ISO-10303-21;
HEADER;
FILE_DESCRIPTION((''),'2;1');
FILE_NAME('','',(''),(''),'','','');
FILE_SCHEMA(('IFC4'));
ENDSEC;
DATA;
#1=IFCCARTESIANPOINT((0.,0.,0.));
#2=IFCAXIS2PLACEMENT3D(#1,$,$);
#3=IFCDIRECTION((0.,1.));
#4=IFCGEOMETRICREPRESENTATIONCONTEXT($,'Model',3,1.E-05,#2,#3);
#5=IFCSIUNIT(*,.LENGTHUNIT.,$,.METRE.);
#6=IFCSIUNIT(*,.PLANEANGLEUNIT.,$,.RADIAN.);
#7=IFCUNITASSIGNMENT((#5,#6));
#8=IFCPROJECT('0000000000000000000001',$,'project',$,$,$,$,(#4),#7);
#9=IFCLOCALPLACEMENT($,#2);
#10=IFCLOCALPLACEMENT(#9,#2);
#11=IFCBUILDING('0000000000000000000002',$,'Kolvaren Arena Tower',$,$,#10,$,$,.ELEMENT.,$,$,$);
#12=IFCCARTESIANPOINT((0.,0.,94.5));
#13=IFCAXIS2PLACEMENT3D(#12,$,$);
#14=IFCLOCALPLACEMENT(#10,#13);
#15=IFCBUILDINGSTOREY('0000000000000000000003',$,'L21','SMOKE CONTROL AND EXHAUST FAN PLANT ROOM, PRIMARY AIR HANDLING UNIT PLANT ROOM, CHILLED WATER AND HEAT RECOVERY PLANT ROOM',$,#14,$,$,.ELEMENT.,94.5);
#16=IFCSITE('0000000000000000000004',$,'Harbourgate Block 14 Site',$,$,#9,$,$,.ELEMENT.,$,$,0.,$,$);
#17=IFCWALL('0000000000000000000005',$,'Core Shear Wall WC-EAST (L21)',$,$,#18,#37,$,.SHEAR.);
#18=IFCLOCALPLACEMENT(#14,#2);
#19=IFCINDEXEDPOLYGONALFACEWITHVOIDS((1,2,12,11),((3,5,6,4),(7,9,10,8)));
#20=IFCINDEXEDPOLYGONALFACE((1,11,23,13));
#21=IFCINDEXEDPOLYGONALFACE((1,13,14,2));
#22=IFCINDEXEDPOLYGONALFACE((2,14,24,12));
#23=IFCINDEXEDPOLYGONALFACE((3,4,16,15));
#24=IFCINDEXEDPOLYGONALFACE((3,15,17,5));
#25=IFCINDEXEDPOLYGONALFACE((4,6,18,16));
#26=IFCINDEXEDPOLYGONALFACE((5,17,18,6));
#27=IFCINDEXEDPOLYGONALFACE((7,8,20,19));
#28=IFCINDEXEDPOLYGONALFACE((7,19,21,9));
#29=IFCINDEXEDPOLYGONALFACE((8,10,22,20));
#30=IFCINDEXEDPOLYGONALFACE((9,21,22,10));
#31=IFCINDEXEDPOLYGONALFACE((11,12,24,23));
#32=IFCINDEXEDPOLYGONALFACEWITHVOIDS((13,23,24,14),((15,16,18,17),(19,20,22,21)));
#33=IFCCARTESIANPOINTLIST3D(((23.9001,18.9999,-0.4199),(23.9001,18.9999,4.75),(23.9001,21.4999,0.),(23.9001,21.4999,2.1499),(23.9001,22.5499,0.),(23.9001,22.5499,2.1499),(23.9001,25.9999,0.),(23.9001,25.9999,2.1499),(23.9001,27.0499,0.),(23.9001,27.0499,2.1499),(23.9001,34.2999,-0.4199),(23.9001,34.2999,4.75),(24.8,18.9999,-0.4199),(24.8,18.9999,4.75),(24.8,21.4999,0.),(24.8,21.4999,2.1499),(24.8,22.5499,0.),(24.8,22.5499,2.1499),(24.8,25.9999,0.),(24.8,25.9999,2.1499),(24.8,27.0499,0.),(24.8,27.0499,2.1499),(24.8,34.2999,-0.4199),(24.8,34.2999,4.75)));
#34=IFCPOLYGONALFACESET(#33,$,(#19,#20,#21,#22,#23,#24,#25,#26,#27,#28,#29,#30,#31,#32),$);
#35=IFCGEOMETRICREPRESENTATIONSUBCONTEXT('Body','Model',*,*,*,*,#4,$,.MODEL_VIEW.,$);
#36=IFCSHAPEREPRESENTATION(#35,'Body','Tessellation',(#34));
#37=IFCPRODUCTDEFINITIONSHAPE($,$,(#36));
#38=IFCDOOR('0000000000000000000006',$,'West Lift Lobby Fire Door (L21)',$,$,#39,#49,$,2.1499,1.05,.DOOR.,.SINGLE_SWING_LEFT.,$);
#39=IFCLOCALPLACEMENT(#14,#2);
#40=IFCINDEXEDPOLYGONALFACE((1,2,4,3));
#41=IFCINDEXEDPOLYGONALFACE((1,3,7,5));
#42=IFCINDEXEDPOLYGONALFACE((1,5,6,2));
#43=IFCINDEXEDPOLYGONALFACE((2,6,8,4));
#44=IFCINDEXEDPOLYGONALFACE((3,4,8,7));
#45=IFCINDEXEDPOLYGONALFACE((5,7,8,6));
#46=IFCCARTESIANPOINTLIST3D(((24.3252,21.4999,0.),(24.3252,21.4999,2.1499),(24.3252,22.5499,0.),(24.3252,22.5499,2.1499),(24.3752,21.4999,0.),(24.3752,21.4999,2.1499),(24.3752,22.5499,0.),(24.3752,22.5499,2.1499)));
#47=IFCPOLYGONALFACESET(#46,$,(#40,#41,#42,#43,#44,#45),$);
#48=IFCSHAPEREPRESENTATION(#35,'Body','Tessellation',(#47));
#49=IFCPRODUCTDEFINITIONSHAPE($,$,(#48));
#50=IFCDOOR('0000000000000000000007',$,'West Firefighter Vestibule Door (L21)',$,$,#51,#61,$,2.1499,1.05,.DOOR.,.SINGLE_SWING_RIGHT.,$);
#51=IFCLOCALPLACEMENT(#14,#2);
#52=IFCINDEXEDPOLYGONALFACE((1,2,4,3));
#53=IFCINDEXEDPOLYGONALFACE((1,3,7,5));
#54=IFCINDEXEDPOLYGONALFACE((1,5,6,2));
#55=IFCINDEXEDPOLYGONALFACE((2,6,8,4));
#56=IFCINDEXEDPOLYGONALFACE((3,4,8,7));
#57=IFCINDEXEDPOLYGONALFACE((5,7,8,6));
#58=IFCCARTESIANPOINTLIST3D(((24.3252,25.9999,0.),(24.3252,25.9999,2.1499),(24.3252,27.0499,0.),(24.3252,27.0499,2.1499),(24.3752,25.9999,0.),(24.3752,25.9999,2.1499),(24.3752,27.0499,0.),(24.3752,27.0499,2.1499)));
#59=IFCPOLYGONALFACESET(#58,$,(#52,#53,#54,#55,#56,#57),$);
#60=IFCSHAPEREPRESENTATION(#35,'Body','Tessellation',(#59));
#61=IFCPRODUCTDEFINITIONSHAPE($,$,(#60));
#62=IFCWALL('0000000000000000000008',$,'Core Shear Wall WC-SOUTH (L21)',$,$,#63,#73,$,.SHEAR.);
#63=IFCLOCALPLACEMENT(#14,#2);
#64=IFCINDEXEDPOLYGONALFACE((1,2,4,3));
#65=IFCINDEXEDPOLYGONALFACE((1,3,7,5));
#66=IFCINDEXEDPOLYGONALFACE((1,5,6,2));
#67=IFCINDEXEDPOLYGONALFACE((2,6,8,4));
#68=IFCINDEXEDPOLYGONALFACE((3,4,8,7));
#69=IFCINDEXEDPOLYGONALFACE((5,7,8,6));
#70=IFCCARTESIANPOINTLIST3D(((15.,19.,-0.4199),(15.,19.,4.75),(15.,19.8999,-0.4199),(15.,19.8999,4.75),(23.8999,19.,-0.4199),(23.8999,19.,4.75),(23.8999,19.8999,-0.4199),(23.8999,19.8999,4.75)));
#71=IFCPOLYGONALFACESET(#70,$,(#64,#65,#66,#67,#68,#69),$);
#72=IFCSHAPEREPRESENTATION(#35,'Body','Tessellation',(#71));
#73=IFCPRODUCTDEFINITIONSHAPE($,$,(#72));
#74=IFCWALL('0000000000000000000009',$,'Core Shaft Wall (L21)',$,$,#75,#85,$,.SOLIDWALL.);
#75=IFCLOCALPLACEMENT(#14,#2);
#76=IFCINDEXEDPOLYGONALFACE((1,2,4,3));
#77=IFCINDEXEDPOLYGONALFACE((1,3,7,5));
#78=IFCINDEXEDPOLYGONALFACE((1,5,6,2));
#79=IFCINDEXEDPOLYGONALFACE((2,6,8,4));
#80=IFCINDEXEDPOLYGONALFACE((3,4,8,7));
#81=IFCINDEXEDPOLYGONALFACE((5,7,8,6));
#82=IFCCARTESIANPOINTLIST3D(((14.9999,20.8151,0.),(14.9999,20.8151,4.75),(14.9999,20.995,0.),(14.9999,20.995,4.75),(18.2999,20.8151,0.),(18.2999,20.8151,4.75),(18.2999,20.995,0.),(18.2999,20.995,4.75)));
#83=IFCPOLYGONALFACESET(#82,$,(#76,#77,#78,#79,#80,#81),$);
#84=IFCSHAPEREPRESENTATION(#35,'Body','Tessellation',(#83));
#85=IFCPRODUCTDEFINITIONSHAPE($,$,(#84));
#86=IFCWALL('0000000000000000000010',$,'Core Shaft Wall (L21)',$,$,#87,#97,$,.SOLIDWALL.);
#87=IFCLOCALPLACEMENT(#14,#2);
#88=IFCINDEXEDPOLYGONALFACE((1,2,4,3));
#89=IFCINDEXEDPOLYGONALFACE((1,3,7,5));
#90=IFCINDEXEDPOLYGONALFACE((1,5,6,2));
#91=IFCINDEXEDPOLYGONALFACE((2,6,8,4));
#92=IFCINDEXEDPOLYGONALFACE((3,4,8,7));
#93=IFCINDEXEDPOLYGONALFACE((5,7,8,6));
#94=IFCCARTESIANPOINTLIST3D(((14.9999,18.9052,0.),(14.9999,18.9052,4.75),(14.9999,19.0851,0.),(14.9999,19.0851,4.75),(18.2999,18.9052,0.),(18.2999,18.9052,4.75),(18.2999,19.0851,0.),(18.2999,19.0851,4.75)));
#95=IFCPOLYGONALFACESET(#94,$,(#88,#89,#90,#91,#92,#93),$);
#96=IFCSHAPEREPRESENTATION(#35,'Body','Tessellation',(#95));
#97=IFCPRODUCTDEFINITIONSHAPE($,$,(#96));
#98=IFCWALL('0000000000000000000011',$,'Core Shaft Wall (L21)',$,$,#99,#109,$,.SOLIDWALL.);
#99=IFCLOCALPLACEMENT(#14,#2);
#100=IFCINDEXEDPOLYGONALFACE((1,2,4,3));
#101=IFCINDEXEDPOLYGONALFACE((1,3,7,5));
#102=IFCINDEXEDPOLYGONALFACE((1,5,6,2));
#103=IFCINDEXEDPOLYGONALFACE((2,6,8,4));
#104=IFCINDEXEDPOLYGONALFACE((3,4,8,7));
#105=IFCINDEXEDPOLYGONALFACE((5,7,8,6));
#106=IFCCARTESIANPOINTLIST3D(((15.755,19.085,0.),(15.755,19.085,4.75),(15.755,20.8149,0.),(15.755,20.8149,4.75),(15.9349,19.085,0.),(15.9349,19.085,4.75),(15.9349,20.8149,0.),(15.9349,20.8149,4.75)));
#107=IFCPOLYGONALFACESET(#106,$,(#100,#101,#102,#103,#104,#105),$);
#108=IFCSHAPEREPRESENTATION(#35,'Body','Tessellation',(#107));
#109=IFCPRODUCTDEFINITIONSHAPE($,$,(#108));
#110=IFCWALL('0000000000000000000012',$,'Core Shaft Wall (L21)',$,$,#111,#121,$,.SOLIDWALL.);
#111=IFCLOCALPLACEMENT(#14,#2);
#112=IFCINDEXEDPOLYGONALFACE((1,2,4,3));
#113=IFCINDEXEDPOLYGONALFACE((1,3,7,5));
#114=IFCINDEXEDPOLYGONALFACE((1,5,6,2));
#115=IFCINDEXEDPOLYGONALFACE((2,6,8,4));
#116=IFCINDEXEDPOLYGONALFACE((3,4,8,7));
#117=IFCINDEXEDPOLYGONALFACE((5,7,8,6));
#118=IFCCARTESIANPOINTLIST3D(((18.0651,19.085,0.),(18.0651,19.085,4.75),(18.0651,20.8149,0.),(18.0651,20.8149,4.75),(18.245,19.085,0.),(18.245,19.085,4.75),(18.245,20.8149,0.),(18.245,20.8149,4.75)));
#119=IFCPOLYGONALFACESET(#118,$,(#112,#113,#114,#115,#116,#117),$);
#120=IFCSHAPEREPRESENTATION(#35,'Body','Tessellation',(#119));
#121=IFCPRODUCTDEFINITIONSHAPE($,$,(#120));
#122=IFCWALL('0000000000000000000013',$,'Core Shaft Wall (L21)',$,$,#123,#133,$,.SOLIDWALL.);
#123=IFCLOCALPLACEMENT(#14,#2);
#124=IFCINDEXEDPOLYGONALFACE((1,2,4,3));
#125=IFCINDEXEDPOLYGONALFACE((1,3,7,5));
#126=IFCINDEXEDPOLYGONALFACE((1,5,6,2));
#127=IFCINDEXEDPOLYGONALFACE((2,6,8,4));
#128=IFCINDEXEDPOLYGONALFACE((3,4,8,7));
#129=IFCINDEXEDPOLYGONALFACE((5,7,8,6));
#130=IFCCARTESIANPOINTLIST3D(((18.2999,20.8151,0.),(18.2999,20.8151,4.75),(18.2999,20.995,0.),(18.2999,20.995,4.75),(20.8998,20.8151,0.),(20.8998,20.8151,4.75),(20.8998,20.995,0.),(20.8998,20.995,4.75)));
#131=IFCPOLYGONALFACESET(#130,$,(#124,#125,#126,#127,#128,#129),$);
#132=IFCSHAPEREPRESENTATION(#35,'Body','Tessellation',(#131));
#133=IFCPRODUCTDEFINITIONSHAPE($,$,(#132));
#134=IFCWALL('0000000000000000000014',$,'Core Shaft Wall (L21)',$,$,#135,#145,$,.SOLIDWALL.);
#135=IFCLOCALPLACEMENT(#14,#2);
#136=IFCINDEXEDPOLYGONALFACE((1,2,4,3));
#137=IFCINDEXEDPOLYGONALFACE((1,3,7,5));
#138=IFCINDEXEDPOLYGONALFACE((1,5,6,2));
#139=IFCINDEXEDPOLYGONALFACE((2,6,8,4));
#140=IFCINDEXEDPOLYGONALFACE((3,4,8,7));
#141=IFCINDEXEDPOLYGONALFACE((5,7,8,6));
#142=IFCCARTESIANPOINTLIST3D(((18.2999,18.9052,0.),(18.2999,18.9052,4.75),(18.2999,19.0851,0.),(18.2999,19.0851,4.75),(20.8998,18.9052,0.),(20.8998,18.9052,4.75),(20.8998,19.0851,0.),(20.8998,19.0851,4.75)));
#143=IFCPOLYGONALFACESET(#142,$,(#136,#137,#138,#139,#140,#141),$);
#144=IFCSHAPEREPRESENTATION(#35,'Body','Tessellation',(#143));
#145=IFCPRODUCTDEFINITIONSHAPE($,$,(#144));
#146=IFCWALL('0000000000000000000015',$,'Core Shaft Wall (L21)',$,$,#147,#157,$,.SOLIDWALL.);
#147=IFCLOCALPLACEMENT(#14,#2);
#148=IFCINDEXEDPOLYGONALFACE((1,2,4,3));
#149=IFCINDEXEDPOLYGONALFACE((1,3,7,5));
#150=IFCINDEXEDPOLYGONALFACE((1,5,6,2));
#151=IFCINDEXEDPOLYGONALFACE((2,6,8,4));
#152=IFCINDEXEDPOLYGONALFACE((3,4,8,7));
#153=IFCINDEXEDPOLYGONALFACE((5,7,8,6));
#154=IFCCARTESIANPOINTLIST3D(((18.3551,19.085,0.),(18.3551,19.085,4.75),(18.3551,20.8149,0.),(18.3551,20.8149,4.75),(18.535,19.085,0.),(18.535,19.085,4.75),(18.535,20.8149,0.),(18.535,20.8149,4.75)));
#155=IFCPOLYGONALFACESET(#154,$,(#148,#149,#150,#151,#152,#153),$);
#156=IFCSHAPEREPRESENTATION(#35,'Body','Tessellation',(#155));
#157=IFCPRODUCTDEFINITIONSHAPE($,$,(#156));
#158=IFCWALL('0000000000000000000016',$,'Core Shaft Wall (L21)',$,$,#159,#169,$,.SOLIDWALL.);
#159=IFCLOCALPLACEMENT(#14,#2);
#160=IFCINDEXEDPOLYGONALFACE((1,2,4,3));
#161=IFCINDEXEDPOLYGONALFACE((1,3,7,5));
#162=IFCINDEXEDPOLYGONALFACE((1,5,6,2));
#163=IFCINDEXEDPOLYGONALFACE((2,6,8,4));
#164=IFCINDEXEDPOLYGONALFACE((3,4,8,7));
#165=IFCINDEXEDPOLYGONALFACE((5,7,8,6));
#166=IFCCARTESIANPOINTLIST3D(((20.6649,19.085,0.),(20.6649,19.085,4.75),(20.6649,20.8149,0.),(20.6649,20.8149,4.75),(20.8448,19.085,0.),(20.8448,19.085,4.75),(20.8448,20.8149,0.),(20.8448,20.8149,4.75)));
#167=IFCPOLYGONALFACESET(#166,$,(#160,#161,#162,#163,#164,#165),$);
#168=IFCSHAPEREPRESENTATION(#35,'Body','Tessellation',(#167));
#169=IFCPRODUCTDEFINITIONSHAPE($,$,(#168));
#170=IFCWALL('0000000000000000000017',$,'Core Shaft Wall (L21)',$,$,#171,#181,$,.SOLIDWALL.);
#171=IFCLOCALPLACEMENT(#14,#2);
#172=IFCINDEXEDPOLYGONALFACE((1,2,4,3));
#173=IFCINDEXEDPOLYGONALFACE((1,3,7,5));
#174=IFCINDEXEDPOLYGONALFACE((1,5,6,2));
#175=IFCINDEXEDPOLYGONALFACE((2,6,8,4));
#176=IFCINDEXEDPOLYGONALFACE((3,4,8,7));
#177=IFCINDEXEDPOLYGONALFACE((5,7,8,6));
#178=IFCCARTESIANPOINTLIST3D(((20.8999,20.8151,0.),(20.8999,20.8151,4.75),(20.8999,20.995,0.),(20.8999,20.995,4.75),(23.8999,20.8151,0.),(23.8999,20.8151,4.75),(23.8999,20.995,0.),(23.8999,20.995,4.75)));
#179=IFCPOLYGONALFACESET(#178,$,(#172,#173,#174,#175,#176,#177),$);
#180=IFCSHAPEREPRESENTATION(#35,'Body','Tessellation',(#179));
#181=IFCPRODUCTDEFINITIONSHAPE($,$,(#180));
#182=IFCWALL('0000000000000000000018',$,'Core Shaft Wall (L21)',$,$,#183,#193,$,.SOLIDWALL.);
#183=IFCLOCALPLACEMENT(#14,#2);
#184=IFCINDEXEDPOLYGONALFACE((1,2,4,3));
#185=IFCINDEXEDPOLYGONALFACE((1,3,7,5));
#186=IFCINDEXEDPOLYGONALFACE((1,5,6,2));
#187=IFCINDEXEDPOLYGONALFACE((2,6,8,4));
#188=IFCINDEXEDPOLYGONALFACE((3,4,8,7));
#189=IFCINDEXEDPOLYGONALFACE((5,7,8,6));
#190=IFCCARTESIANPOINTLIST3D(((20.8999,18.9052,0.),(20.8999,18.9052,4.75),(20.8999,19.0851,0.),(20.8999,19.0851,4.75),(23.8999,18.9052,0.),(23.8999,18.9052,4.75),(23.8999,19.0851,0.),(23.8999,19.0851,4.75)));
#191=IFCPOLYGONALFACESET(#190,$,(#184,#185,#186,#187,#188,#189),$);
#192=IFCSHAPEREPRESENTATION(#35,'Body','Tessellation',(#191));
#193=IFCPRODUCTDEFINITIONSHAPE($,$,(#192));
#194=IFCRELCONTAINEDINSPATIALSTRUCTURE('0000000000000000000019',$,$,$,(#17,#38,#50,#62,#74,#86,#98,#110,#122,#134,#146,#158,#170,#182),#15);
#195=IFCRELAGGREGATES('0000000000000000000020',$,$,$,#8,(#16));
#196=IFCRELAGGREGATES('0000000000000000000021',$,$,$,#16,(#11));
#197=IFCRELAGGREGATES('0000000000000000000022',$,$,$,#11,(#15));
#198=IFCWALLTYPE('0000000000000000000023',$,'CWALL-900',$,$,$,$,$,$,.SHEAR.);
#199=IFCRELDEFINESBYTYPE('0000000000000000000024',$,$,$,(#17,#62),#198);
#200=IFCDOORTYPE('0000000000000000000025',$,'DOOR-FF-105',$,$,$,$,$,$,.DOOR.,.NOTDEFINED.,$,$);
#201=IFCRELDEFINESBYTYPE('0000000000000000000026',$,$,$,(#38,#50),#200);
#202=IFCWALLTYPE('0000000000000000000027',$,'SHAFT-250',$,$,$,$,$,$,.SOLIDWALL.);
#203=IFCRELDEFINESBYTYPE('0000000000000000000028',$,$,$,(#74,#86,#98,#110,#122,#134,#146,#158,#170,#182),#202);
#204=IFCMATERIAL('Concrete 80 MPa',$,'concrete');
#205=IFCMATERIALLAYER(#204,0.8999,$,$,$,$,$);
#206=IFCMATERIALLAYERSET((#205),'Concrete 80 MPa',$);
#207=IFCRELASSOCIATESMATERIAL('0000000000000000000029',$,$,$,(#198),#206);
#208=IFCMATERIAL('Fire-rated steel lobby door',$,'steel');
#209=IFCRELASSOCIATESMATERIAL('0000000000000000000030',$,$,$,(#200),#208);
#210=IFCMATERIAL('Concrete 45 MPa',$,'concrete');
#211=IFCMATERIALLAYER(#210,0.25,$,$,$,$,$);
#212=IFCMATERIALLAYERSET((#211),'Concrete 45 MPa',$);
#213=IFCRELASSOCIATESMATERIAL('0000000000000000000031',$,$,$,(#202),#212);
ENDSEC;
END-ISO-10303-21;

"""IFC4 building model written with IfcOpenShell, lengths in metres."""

from ifc_helpers import new_model, si_unit, direction, frame, frame_2d, origin, place, context, subcontext, project, spatial, rectangle, extrude, material, layer, layer_set, type_object, element, fill, save


model = new_model("IFC4")

# Units and contexts
model_context = context("Model", 3, precision=1e-05, world=origin(), true_north=direction((0.0, 1.0)))
body_context = subcontext(model_context, "Body", "Model", "MODEL_VIEW")
ifc_project = project(units=[si_unit("LENGTHUNIT", "METRE"), si_unit("PLANEANGLEUNIT", "RADIAN")], contexts=[model_context])

# Site, building, storey
site_placement = place(None, origin())
site = spatial("IfcSite", under=ifc_project, at=site_placement, Name="Harbourgate Block 14 Site", CompositionType="ELEMENT", RefElevation=0.0)
building_placement = place(site_placement, origin())
building = spatial("IfcBuilding", under=site, at=building_placement, Name="Kolvaren Arena Tower", CompositionType="ELEMENT")
storey_placement = place(building_placement, frame((0.0, 0.0, 94.5)))
storey = spatial("IfcBuildingStorey", under=building, at=storey_placement, Name="L21", Description="SMOKE CONTROL AND EXHAUST FAN PLANT ROOM, PRIMARY AIR HANDLING UNIT PLANT ROOM, CHILLED WATER AND HEAT RECOVERY PLANT ROOM", CompositionType="ELEMENT", Elevation=94.5)

# Shared definitions
ifc_material_1 = material(Name="Concrete 80 MPa", Category="concrete")

# Wall, openings, doors
ifc_layer_1 = layer(ifc_material_1, 0.8999)
ifc_layer_set_1 = layer_set([ifc_layer_1], Name="Concrete 80 MPa")
wall_type_1 = type_object("IfcWallType", Name="CWALL-900", PredefinedType="SHEAR", material=ifc_layer_set_1)
wall_1_placement = place(storey_placement, frame((24.3501, 19.0, -0.4199), z_axis=(0.0, 0.0, 1.0), x_axis=(0.0, 1.0, 0.0)))
wall_1 = element("IfcWall", 1, at=wall_1_placement, inside=storey, type_object=wall_type_1, Name="Core Shear Wall WC-EAST (L21)", PredefinedType="SHEAR", context=body_context, shape_type="SweptSolid", body=[
    extrude(rectangle(XDim=15.3, YDim=0.8999, at=frame_2d((7.6499, 0.0))), origin(), (0.0, 0.0, 1.0), 5.1699),
])
opening_1_placement = place(wall_1_placement, frame((2.5, 0.0, 0.4199)))
opening_1 = element("IfcOpeningElement", 2, at=opening_1_placement, cuts=wall_1, PredefinedType="OPENING", context=body_context, shape_type="SweptSolid", body=[
    extrude(rectangle(XDim=1.05, YDim=2.1499, at=frame_2d((0.5249, 1.075))), frame((0.0, 0.46, 0.0), z_axis=(0.0, -1.0, 0.0), x_axis=(1.0, 0.0, 0.0)), (0.0, 0.0, 1.0), 0.9199),
])
opening_2_placement = place(wall_1_placement, frame((7.0, 0.0, 0.4199)))
opening_2 = element("IfcOpeningElement", 3, at=opening_2_placement, cuts=wall_1, PredefinedType="OPENING", context=body_context, shape_type="SweptSolid", body=[
    extrude(rectangle(XDim=1.05, YDim=2.1499, at=frame_2d((0.5249, 1.075))), frame((0.0, 0.46, 0.0), z_axis=(0.0, -1.0, 0.0), x_axis=(1.0, 0.0, 0.0)), (0.0, 0.0, 1.0), 0.9199),
])
ifc_material_2 = material(Name="Fire-rated steel lobby door", Category="steel")
door_type = type_object("IfcDoorType", Name="DOOR-FF-105", OperationType="NOTDEFINED", PredefinedType="DOOR", material=ifc_material_2)
door_1_placement = place(opening_1_placement, origin())
door_1 = element("IfcDoor", 4, at=door_1_placement, inside=storey, type_object=door_type, Name="West Lift Lobby Fire Door (L21)", OperationType="SINGLE_SWING_LEFT", OverallHeight=2.1499, OverallWidth=1.05, PredefinedType="DOOR", context=body_context, shape_type="SweptSolid", body=[
    extrude(rectangle(XDim=1.05, YDim=2.1499, at=frame_2d((0.5249, 1.075))), frame((0.0, 0.0249, 0.0), z_axis=(0.0, -1.0, 0.0), x_axis=(1.0, 0.0, 0.0)), (0.0, 0.0, 1.0), 0.05),
])
fill(opening_1, door_1)
door_2_placement = place(opening_2_placement, origin())
door_2 = element("IfcDoor", 5, at=door_2_placement, inside=storey, type_object=door_type, Name="West Firefighter Vestibule Door (L21)", OperationType="SINGLE_SWING_RIGHT", OverallHeight=2.1499, OverallWidth=1.05, PredefinedType="DOOR", context=body_context, shape_type="SweptSolid", body=[
    extrude(rectangle(XDim=1.05, YDim=2.1499, at=frame_2d((0.5249, 1.075))), frame((0.0, 0.0249, 0.0), z_axis=(0.0, -1.0, 0.0), x_axis=(1.0, 0.0, 0.0)), (0.0, 0.0, 1.0), 0.05),
])
fill(opening_2, door_2)

# Walls
wall_2_placement = place(storey_placement, frame((15.0, 19.45, -0.4199), z_axis=(0.0, 0.0, 1.0), x_axis=(1.0, 0.0, 0.0)))
element("IfcWall", 6, at=wall_2_placement, inside=storey, type_object=wall_type_1, Name="Core Shear Wall WC-SOUTH (L21)", PredefinedType="SHEAR", context=body_context, shape_type="SweptSolid", body=[
    extrude(rectangle(XDim=8.8999, YDim=0.8999, at=frame_2d((4.45, 0.0))), origin(), (0.0, 0.0, 1.0), 5.1699),
])
ifc_material_3 = material(Name="Concrete 45 MPa", Category="concrete")
ifc_layer_2 = layer(ifc_material_3, 0.25)
ifc_layer_set_2 = layer_set([ifc_layer_2], Name="Concrete 45 MPa")
wall_type_2 = type_object("IfcWallType", Name="SHAFT-250", PredefinedType="SOLIDWALL", material=ifc_layer_set_2)
for number, where, z_axis, x_axis, name in (
    (7, (15.0, 20.905, 0.0), (0.0, 0.0, 1.0), (1.0, 0.0, 0.0), "Core Shaft Wall (L21)"),
    (8, (15.0, 18.9951, 0.0), (0.0, 0.0, 1.0), (1.0, 0.0, 0.0), "Core Shaft Wall (L21)"),
):
    element("IfcWall", number, at=place(storey_placement, frame(where, z_axis=z_axis, x_axis=x_axis)), inside=storey, type_object=wall_type_2, Name=name, PredefinedType="SOLIDWALL", context=body_context, shape_type="SweptSolid", body=[
        extrude(rectangle(XDim=3.3, YDim=0.1799, at=frame_2d((1.6499, 0.0))), origin(), (0.0, 0.0, 1.0), 4.75),
    ])
for number, where, z_axis, x_axis, name in (
    (9, (15.845, 19.085, 0.0), (0.0, 0.0, 1.0), (0.0, 1.0, 0.0), "Core Shaft Wall (L21)"),
    (10, (18.155, 19.085, 0.0), (0.0, 0.0, 1.0), (0.0, 1.0, 0.0), "Core Shaft Wall (L21)"),
):
    element("IfcWall", number, at=place(storey_placement, frame(where, z_axis=z_axis, x_axis=x_axis)), inside=storey, type_object=wall_type_2, Name=name, PredefinedType="SOLIDWALL", context=body_context, shape_type="SweptSolid", body=[
        extrude(rectangle(XDim=1.73, YDim=0.1799, at=frame_2d((0.865, 0.0))), origin(), (0.0, 0.0, 1.0), 4.75),
    ])
for number, where, z_axis, x_axis, name in (
    (11, (18.3, 20.905, 0.0), (0.0, 0.0, 1.0), (1.0, 0.0, 0.0), "Core Shaft Wall (L21)"),
    (12, (18.3, 18.9951, 0.0), (0.0, 0.0, 1.0), (1.0, 0.0, 0.0), "Core Shaft Wall (L21)"),
):
    element("IfcWall", number, at=place(storey_placement, frame(where, z_axis=z_axis, x_axis=x_axis)), inside=storey, type_object=wall_type_2, Name=name, PredefinedType="SOLIDWALL", context=body_context, shape_type="SweptSolid", body=[
        extrude(rectangle(XDim=2.5999, YDim=0.1799, at=frame_2d((1.2998, 0.0))), origin(), (0.0, 0.0, 1.0), 4.75),
    ])
for number, where, z_axis, x_axis, name in (
    (13, (18.4451, 19.085, 0.0), (0.0, 0.0, 1.0), (0.0, 1.0, 0.0), "Core Shaft Wall (L21)"),
    (14, (20.7549, 19.085, 0.0), (0.0, 0.0, 1.0), (0.0, 1.0, 0.0), "Core Shaft Wall (L21)"),
):
    element("IfcWall", number, at=place(storey_placement, frame(where, z_axis=z_axis, x_axis=x_axis)), inside=storey, type_object=wall_type_2, Name=name, PredefinedType="SOLIDWALL", context=body_context, shape_type="SweptSolid", body=[
        extrude(rectangle(XDim=1.73, YDim=0.1799, at=frame_2d((0.865, 0.0))), origin(), (0.0, 0.0, 1.0), 4.75),
    ])
for number, where, z_axis, x_axis, name in (
    (15, (20.8999, 20.905, 0.0), (0.0, 0.0, 1.0), (1.0, 0.0, 0.0), "Core Shaft Wall (L21)"),
    (16, (20.8999, 18.9951, 0.0), (0.0, 0.0, 1.0), (1.0, 0.0, 0.0), "Core Shaft Wall (L21)"),
):
    element("IfcWall", number, at=place(storey_placement, frame(where, z_axis=z_axis, x_axis=x_axis)), inside=storey, type_object=wall_type_2, Name=name, PredefinedType="SOLIDWALL", context=body_context, shape_type="SweptSolid", body=[
        extrude(rectangle(XDim=3.0, YDim=0.1799, at=frame_2d((1.5, 0.0))), origin(), (0.0, 0.0, 1.0), 4.75),
    ])

save(model, "model.ifc")
